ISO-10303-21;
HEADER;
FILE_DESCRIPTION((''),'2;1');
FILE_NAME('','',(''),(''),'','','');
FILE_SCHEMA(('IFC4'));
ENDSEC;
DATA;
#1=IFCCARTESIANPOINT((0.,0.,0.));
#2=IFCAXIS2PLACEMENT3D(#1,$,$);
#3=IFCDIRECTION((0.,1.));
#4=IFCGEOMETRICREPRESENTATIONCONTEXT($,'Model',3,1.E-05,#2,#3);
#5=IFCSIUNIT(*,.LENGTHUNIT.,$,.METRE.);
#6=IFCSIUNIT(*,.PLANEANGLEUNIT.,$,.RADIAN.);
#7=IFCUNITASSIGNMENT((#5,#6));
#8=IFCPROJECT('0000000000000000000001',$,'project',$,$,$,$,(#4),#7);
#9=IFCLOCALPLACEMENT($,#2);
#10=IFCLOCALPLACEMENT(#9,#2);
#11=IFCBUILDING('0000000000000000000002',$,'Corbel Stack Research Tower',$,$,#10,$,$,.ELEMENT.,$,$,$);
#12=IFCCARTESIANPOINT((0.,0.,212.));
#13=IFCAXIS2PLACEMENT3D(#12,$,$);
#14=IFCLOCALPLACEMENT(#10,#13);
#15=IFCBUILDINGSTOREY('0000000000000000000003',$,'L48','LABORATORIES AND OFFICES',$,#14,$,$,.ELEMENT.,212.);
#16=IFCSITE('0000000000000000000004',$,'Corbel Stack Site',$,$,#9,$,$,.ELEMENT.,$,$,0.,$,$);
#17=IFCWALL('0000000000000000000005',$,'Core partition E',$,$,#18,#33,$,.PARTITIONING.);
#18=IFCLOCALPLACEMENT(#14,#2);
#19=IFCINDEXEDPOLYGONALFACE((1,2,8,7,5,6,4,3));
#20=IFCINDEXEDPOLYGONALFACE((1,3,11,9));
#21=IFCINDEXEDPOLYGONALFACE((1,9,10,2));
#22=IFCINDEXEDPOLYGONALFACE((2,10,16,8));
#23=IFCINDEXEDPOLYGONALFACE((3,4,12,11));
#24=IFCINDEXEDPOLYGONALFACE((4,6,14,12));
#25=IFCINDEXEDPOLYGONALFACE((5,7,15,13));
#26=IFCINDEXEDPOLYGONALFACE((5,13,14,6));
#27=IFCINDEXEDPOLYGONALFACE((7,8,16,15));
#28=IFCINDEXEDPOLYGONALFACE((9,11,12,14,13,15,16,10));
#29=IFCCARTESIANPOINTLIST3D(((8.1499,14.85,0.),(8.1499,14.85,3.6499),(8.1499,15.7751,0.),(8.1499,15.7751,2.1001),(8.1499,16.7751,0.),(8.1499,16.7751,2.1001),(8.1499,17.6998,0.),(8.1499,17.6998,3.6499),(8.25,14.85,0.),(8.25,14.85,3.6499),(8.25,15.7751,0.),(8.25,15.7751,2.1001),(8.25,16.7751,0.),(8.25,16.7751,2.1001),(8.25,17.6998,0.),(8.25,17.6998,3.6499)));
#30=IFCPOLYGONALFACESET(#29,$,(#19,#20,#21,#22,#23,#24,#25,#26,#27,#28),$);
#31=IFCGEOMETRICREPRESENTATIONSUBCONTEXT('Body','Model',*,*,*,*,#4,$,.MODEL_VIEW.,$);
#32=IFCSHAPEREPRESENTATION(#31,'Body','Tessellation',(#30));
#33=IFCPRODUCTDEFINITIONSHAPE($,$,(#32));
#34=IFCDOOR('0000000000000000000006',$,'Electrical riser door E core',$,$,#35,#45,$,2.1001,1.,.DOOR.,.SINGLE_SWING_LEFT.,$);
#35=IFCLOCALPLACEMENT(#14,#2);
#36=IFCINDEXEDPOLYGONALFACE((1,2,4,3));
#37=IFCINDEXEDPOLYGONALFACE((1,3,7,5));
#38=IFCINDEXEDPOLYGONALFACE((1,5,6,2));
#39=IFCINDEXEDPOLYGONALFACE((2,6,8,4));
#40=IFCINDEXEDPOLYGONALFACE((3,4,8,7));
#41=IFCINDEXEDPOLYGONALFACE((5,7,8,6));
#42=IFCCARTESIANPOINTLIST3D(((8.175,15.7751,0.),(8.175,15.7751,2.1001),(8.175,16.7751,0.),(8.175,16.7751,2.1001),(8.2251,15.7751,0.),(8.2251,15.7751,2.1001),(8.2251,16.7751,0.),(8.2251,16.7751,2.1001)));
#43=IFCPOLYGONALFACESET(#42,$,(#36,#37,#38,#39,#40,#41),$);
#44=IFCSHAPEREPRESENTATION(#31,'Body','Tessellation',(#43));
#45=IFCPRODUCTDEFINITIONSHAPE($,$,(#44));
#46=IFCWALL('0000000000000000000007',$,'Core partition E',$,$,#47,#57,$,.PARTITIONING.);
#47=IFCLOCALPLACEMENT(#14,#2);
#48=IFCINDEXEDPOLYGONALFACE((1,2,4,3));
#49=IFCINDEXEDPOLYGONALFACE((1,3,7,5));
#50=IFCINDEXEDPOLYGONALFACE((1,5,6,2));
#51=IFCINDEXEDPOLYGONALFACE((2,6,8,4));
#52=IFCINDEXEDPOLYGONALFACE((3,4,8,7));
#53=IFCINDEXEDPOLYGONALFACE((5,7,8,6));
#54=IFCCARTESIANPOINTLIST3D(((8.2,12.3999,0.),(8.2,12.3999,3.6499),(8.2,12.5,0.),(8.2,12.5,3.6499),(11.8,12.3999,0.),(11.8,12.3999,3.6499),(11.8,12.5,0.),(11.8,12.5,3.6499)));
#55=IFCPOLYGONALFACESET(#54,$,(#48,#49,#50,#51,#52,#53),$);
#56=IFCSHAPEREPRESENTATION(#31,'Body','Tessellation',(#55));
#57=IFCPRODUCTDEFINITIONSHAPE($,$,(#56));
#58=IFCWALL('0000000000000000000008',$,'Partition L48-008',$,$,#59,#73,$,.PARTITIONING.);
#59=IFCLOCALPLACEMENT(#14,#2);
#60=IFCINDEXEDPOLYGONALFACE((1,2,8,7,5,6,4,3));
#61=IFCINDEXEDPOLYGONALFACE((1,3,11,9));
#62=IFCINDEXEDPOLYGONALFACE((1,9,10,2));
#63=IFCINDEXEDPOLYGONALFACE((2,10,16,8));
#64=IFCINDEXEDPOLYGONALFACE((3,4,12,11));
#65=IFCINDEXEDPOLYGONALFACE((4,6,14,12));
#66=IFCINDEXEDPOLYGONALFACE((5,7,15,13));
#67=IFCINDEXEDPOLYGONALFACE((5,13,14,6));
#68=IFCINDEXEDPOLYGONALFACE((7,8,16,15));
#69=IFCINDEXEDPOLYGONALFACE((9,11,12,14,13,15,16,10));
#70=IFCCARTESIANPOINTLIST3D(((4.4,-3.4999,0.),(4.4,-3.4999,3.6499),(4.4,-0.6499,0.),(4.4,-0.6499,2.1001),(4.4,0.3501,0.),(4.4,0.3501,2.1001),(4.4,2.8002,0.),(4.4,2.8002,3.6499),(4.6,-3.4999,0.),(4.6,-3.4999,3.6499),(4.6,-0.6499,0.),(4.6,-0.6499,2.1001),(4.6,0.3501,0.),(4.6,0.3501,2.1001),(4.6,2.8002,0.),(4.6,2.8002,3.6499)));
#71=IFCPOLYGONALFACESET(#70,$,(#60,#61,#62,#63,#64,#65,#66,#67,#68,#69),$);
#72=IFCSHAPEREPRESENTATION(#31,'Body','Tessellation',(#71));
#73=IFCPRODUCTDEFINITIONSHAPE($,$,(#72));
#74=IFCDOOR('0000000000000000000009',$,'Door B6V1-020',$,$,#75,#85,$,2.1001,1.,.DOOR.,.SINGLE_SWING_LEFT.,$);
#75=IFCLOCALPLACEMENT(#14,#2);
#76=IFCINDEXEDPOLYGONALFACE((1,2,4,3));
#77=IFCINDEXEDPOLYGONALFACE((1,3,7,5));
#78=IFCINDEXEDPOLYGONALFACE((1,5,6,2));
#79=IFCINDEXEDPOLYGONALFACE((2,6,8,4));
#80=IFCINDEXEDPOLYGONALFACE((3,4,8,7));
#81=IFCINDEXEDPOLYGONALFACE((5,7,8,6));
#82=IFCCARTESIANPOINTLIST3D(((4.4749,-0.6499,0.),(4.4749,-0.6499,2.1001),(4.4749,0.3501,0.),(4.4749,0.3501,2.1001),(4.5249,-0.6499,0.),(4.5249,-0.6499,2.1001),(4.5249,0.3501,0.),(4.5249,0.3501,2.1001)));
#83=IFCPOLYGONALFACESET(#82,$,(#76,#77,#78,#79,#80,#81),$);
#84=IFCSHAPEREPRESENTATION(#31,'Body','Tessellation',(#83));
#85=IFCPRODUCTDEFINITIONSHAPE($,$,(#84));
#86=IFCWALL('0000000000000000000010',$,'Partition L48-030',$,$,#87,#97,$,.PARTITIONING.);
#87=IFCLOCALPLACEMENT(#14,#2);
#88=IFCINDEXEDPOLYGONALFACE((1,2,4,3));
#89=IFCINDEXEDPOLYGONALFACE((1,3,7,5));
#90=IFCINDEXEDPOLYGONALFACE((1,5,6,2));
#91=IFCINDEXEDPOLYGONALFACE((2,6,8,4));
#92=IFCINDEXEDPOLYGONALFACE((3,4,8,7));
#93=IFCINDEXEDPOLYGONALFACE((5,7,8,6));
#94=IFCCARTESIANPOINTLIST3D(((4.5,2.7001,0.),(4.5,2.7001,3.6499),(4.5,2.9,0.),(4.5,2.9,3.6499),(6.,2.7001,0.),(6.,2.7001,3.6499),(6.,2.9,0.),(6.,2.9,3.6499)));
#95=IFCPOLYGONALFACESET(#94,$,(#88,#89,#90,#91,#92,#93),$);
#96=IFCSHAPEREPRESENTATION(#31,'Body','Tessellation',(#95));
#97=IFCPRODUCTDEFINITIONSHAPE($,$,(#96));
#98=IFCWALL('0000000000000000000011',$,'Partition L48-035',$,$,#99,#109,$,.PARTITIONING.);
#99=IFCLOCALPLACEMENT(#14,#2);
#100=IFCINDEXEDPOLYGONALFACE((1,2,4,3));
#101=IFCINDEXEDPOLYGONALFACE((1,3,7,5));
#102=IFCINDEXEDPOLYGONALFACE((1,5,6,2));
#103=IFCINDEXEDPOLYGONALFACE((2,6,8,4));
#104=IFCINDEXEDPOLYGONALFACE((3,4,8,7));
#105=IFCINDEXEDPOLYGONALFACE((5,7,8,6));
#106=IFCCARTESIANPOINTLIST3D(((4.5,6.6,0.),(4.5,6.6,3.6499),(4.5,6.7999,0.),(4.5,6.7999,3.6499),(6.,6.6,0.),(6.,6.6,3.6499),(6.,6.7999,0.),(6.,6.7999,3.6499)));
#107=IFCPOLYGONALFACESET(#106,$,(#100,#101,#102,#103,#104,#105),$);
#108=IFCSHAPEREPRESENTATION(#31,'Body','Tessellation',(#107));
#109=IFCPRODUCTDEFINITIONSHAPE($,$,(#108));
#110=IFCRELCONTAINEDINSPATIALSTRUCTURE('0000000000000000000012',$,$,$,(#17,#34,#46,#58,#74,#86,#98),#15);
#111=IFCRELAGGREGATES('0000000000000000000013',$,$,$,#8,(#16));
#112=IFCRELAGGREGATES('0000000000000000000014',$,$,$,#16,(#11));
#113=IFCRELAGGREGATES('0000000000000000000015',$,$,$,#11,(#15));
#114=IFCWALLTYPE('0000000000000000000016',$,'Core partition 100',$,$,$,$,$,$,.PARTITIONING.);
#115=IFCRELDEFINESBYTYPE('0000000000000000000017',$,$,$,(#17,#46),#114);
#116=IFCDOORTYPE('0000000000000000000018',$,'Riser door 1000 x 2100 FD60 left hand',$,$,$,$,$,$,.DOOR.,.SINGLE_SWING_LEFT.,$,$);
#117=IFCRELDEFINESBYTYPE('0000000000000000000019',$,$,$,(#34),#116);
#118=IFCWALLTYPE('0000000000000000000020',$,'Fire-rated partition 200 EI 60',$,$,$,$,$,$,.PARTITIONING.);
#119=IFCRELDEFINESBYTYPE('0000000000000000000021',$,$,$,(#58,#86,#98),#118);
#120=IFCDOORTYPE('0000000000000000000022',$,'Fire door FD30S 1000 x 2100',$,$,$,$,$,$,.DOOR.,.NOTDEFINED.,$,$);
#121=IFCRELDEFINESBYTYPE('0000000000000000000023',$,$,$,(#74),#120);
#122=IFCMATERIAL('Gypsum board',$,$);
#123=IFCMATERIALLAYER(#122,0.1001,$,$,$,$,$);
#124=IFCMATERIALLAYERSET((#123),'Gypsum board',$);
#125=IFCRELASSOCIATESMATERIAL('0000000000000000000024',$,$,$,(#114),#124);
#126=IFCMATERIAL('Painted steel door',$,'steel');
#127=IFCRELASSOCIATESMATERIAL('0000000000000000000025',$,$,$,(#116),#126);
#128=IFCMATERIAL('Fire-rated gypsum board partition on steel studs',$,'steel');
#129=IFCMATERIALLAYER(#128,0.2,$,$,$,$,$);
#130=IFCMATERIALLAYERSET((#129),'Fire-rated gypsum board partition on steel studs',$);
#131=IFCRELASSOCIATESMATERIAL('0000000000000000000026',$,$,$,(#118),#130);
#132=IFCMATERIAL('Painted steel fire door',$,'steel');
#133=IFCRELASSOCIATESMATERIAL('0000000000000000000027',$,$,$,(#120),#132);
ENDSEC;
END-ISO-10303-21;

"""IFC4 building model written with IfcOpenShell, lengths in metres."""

from ifc_helpers import new_model, si_unit, direction, frame, frame_2d, origin, place, context, subcontext, project, spatial, rectangle, extrude, material, layer, layer_set, type_object, element, fill, save


model = new_model("IFC4")

# Units and contexts
model_context = context("Model", 3, precision=1e-05, world=origin(), true_north=direction((0.0, 1.0)))
body_context = subcontext(model_context, "Body", "Model", "MODEL_VIEW")
ifc_project = project(units=[si_unit("LENGTHUNIT", "METRE"), si_unit("PLANEANGLEUNIT", "RADIAN")], contexts=[model_context])

# Site, building, storey
site_placement = place(None, origin())
site = spatial("IfcSite", under=ifc_project, at=site_placement, Name="Corbel Stack Site", CompositionType="ELEMENT", RefElevation=0.0)
building_placement = place(site_placement, origin())
building = spatial("IfcBuilding", under=site, at=building_placement, Name="Corbel Stack Research Tower", CompositionType="ELEMENT")
storey_placement = place(building_placement, frame((0.0, 0.0, 212.0)))
storey = spatial("IfcBuildingStorey", under=building, at=storey_placement, Name="L48", Description="LABORATORIES AND OFFICES", CompositionType="ELEMENT", Elevation=212.0)

# Wall, opening, door
ifc_material_1 = material(Name="Gypsum board")
ifc_layer_1 = layer(ifc_material_1, 0.1001)
ifc_layer_set_1 = layer_set([ifc_layer_1], Name="Gypsum board")
wall_type_1 = type_object("IfcWallType", Name="Core partition 100", PredefinedType="PARTITIONING", material=ifc_layer_set_1)
ifc_material_2 = material(Name="Painted steel door", Category="steel")
door_type_1 = type_object("IfcDoorType", Name="Riser door 1000 x 2100 FD60 left hand", OperationType="SINGLE_SWING_LEFT", PredefinedType="DOOR", material=ifc_material_2)
wall_1_placement = place(storey_placement, frame((8.2, 14.8501, 0.0), z_axis=(0.0, 0.0, 1.0), x_axis=(0.0, 1.0, 0.0)))
wall_1 = element("IfcWall", 1, at=wall_1_placement, inside=storey, type_object=wall_type_1, Name="Core partition E", PredefinedType="PARTITIONING", context=body_context, shape_type="SweptSolid", body=[
    extrude(rectangle(XDim=2.8499, YDim=0.1001, at=frame_2d((1.4248, 0.0))), origin(), (0.0, 0.0, 1.0), 3.6499),
])
opening_1_placement = place(wall_1_placement, frame((0.925, 0.0, 0.0)))
opening_1 = element("IfcOpeningElement", 2, at=opening_1_placement, cuts=wall_1, PredefinedType="OPENING", context=body_context, shape_type="SweptSolid", body=[
    extrude(rectangle(XDim=1.0, YDim=2.1001, at=frame_2d((0.5, 1.05))), frame((0.0, 0.0601, 0.0), z_axis=(0.0, -1.0, 0.0), x_axis=(1.0, 0.0, 0.0)), (0.0, 0.0, 1.0), 0.1201),
])
door_1_placement = place(opening_1_placement, origin())
door_1 = element("IfcDoor", 3, at=door_1_placement, inside=storey, type_object=door_type_1, Name="Electrical riser door E core", OperationType="SINGLE_SWING_LEFT", OverallHeight=2.1001, OverallWidth=1.0, PredefinedType="DOOR", context=body_context, shape_type="SweptSolid", body=[
    extrude(rectangle(XDim=1.0, YDim=2.1001, at=frame_2d((0.5, 1.05))), frame((0.0, 0.0249, 0.0), z_axis=(0.0, -1.0, 0.0), x_axis=(1.0, 0.0, 0.0)), (0.0, 0.0, 1.0), 0.05),
])
fill(opening_1, door_1)

# Wall
wall_2_placement = place(storey_placement, frame((8.2, 12.45, 0.0), z_axis=(0.0, 0.0, 1.0), x_axis=(1.0, 0.0, 0.0)))
element("IfcWall", 4, at=wall_2_placement, inside=storey, type_object=wall_type_1, Name="Core partition E", PredefinedType="PARTITIONING", context=body_context, shape_type="SweptSolid", body=[
    extrude(rectangle(XDim=3.6001, YDim=0.1001, at=frame_2d((1.8, 0.0))), origin(), (0.0, 0.0, 1.0), 3.6499),
])

# Wall, opening, door
ifc_material_3 = material(Name="Fire-rated gypsum board partition on steel studs", Category="steel")
ifc_layer_2 = layer(ifc_material_3, 0.2)
ifc_layer_set_2 = layer_set([ifc_layer_2], Name="Fire-rated gypsum board partition on steel studs")
wall_type_2 = type_object("IfcWallType", Name="Fire-rated partition 200 EI 60", PredefinedType="PARTITIONING", material=ifc_layer_set_2)
wall_3_placement = place(storey_placement, frame((4.5, 2.8, 0.0), z_axis=(0.0, 0.0, 1.0), x_axis=(0.0, -1.0, 0.0)))
wall_3 = element("IfcWall", 5, at=wall_3_placement, inside=storey, type_object=wall_type_2, Name="Partition L48-008", PredefinedType="PARTITIONING", context=body_context, shape_type="SweptSolid", body=[
    extrude(rectangle(XDim=6.3, YDim=0.2, at=frame_2d((3.1499, 0.0))), origin(), (0.0, 0.0, 1.0), 3.6499),
])
opening_2_placement = place(wall_3_placement, frame((2.45, 0.0, 0.0)))
opening_2 = element("IfcOpeningElement", 6, at=opening_2_placement, cuts=wall_3, PredefinedType="OPENING", context=body_context, shape_type="SweptSolid", body=[
    extrude(rectangle(XDim=1.0, YDim=2.1001, at=frame_2d((0.5, 1.05))), frame((0.0, 0.1099, 0.0), z_axis=(0.0, -1.0, 0.0), x_axis=(1.0, 0.0, 0.0)), (0.0, 0.0, 1.0), 0.22),
])
ifc_material_4 = material(Name="Painted steel fire door", Category="steel")
door_type_2 = type_object("IfcDoorType", Name="Fire door FD30S 1000 x 2100", OperationType="NOTDEFINED", PredefinedType="DOOR", material=ifc_material_4)
door_2_placement = place(opening_2_placement, origin())
door_2 = element("IfcDoor", 7, at=door_2_placement, inside=storey, type_object=door_type_2, Name="Door B6V1-020", OperationType="SINGLE_SWING_LEFT", OverallHeight=2.1001, OverallWidth=1.0, PredefinedType="DOOR", context=body_context, shape_type="SweptSolid", body=[
    extrude(rectangle(XDim=1.0, YDim=2.1001, at=frame_2d((0.5, 1.05))), frame((0.0, 0.0249, 0.0), z_axis=(0.0, -1.0, 0.0), x_axis=(1.0, 0.0, 0.0)), (0.0, 0.0, 1.0), 0.05),
])
fill(opening_2, door_2)

# Walls
for number, where, z_axis, x_axis, name in (
    (8, (4.5, 2.8, 0.0), (0.0, 0.0, 1.0), (1.0, 0.0, 0.0), "Partition L48-030"),
    (9, (4.5, 6.7, 0.0), (0.0, 0.0, 1.0), (1.0, 0.0, 0.0), "Partition L48-035"),
):
    element("IfcWall", number, at=place(storey_placement, frame(where, z_axis=z_axis, x_axis=x_axis)), inside=storey, type_object=wall_type_2, Name=name, PredefinedType="PARTITIONING", context=body_context, shape_type="SweptSolid", body=[
        extrude(rectangle(XDim=1.5, YDim=0.2, at=frame_2d((0.75, 0.0))), origin(), (0.0, 0.0, 1.0), 3.6499),
    ])

save(model, "model.ifc")
